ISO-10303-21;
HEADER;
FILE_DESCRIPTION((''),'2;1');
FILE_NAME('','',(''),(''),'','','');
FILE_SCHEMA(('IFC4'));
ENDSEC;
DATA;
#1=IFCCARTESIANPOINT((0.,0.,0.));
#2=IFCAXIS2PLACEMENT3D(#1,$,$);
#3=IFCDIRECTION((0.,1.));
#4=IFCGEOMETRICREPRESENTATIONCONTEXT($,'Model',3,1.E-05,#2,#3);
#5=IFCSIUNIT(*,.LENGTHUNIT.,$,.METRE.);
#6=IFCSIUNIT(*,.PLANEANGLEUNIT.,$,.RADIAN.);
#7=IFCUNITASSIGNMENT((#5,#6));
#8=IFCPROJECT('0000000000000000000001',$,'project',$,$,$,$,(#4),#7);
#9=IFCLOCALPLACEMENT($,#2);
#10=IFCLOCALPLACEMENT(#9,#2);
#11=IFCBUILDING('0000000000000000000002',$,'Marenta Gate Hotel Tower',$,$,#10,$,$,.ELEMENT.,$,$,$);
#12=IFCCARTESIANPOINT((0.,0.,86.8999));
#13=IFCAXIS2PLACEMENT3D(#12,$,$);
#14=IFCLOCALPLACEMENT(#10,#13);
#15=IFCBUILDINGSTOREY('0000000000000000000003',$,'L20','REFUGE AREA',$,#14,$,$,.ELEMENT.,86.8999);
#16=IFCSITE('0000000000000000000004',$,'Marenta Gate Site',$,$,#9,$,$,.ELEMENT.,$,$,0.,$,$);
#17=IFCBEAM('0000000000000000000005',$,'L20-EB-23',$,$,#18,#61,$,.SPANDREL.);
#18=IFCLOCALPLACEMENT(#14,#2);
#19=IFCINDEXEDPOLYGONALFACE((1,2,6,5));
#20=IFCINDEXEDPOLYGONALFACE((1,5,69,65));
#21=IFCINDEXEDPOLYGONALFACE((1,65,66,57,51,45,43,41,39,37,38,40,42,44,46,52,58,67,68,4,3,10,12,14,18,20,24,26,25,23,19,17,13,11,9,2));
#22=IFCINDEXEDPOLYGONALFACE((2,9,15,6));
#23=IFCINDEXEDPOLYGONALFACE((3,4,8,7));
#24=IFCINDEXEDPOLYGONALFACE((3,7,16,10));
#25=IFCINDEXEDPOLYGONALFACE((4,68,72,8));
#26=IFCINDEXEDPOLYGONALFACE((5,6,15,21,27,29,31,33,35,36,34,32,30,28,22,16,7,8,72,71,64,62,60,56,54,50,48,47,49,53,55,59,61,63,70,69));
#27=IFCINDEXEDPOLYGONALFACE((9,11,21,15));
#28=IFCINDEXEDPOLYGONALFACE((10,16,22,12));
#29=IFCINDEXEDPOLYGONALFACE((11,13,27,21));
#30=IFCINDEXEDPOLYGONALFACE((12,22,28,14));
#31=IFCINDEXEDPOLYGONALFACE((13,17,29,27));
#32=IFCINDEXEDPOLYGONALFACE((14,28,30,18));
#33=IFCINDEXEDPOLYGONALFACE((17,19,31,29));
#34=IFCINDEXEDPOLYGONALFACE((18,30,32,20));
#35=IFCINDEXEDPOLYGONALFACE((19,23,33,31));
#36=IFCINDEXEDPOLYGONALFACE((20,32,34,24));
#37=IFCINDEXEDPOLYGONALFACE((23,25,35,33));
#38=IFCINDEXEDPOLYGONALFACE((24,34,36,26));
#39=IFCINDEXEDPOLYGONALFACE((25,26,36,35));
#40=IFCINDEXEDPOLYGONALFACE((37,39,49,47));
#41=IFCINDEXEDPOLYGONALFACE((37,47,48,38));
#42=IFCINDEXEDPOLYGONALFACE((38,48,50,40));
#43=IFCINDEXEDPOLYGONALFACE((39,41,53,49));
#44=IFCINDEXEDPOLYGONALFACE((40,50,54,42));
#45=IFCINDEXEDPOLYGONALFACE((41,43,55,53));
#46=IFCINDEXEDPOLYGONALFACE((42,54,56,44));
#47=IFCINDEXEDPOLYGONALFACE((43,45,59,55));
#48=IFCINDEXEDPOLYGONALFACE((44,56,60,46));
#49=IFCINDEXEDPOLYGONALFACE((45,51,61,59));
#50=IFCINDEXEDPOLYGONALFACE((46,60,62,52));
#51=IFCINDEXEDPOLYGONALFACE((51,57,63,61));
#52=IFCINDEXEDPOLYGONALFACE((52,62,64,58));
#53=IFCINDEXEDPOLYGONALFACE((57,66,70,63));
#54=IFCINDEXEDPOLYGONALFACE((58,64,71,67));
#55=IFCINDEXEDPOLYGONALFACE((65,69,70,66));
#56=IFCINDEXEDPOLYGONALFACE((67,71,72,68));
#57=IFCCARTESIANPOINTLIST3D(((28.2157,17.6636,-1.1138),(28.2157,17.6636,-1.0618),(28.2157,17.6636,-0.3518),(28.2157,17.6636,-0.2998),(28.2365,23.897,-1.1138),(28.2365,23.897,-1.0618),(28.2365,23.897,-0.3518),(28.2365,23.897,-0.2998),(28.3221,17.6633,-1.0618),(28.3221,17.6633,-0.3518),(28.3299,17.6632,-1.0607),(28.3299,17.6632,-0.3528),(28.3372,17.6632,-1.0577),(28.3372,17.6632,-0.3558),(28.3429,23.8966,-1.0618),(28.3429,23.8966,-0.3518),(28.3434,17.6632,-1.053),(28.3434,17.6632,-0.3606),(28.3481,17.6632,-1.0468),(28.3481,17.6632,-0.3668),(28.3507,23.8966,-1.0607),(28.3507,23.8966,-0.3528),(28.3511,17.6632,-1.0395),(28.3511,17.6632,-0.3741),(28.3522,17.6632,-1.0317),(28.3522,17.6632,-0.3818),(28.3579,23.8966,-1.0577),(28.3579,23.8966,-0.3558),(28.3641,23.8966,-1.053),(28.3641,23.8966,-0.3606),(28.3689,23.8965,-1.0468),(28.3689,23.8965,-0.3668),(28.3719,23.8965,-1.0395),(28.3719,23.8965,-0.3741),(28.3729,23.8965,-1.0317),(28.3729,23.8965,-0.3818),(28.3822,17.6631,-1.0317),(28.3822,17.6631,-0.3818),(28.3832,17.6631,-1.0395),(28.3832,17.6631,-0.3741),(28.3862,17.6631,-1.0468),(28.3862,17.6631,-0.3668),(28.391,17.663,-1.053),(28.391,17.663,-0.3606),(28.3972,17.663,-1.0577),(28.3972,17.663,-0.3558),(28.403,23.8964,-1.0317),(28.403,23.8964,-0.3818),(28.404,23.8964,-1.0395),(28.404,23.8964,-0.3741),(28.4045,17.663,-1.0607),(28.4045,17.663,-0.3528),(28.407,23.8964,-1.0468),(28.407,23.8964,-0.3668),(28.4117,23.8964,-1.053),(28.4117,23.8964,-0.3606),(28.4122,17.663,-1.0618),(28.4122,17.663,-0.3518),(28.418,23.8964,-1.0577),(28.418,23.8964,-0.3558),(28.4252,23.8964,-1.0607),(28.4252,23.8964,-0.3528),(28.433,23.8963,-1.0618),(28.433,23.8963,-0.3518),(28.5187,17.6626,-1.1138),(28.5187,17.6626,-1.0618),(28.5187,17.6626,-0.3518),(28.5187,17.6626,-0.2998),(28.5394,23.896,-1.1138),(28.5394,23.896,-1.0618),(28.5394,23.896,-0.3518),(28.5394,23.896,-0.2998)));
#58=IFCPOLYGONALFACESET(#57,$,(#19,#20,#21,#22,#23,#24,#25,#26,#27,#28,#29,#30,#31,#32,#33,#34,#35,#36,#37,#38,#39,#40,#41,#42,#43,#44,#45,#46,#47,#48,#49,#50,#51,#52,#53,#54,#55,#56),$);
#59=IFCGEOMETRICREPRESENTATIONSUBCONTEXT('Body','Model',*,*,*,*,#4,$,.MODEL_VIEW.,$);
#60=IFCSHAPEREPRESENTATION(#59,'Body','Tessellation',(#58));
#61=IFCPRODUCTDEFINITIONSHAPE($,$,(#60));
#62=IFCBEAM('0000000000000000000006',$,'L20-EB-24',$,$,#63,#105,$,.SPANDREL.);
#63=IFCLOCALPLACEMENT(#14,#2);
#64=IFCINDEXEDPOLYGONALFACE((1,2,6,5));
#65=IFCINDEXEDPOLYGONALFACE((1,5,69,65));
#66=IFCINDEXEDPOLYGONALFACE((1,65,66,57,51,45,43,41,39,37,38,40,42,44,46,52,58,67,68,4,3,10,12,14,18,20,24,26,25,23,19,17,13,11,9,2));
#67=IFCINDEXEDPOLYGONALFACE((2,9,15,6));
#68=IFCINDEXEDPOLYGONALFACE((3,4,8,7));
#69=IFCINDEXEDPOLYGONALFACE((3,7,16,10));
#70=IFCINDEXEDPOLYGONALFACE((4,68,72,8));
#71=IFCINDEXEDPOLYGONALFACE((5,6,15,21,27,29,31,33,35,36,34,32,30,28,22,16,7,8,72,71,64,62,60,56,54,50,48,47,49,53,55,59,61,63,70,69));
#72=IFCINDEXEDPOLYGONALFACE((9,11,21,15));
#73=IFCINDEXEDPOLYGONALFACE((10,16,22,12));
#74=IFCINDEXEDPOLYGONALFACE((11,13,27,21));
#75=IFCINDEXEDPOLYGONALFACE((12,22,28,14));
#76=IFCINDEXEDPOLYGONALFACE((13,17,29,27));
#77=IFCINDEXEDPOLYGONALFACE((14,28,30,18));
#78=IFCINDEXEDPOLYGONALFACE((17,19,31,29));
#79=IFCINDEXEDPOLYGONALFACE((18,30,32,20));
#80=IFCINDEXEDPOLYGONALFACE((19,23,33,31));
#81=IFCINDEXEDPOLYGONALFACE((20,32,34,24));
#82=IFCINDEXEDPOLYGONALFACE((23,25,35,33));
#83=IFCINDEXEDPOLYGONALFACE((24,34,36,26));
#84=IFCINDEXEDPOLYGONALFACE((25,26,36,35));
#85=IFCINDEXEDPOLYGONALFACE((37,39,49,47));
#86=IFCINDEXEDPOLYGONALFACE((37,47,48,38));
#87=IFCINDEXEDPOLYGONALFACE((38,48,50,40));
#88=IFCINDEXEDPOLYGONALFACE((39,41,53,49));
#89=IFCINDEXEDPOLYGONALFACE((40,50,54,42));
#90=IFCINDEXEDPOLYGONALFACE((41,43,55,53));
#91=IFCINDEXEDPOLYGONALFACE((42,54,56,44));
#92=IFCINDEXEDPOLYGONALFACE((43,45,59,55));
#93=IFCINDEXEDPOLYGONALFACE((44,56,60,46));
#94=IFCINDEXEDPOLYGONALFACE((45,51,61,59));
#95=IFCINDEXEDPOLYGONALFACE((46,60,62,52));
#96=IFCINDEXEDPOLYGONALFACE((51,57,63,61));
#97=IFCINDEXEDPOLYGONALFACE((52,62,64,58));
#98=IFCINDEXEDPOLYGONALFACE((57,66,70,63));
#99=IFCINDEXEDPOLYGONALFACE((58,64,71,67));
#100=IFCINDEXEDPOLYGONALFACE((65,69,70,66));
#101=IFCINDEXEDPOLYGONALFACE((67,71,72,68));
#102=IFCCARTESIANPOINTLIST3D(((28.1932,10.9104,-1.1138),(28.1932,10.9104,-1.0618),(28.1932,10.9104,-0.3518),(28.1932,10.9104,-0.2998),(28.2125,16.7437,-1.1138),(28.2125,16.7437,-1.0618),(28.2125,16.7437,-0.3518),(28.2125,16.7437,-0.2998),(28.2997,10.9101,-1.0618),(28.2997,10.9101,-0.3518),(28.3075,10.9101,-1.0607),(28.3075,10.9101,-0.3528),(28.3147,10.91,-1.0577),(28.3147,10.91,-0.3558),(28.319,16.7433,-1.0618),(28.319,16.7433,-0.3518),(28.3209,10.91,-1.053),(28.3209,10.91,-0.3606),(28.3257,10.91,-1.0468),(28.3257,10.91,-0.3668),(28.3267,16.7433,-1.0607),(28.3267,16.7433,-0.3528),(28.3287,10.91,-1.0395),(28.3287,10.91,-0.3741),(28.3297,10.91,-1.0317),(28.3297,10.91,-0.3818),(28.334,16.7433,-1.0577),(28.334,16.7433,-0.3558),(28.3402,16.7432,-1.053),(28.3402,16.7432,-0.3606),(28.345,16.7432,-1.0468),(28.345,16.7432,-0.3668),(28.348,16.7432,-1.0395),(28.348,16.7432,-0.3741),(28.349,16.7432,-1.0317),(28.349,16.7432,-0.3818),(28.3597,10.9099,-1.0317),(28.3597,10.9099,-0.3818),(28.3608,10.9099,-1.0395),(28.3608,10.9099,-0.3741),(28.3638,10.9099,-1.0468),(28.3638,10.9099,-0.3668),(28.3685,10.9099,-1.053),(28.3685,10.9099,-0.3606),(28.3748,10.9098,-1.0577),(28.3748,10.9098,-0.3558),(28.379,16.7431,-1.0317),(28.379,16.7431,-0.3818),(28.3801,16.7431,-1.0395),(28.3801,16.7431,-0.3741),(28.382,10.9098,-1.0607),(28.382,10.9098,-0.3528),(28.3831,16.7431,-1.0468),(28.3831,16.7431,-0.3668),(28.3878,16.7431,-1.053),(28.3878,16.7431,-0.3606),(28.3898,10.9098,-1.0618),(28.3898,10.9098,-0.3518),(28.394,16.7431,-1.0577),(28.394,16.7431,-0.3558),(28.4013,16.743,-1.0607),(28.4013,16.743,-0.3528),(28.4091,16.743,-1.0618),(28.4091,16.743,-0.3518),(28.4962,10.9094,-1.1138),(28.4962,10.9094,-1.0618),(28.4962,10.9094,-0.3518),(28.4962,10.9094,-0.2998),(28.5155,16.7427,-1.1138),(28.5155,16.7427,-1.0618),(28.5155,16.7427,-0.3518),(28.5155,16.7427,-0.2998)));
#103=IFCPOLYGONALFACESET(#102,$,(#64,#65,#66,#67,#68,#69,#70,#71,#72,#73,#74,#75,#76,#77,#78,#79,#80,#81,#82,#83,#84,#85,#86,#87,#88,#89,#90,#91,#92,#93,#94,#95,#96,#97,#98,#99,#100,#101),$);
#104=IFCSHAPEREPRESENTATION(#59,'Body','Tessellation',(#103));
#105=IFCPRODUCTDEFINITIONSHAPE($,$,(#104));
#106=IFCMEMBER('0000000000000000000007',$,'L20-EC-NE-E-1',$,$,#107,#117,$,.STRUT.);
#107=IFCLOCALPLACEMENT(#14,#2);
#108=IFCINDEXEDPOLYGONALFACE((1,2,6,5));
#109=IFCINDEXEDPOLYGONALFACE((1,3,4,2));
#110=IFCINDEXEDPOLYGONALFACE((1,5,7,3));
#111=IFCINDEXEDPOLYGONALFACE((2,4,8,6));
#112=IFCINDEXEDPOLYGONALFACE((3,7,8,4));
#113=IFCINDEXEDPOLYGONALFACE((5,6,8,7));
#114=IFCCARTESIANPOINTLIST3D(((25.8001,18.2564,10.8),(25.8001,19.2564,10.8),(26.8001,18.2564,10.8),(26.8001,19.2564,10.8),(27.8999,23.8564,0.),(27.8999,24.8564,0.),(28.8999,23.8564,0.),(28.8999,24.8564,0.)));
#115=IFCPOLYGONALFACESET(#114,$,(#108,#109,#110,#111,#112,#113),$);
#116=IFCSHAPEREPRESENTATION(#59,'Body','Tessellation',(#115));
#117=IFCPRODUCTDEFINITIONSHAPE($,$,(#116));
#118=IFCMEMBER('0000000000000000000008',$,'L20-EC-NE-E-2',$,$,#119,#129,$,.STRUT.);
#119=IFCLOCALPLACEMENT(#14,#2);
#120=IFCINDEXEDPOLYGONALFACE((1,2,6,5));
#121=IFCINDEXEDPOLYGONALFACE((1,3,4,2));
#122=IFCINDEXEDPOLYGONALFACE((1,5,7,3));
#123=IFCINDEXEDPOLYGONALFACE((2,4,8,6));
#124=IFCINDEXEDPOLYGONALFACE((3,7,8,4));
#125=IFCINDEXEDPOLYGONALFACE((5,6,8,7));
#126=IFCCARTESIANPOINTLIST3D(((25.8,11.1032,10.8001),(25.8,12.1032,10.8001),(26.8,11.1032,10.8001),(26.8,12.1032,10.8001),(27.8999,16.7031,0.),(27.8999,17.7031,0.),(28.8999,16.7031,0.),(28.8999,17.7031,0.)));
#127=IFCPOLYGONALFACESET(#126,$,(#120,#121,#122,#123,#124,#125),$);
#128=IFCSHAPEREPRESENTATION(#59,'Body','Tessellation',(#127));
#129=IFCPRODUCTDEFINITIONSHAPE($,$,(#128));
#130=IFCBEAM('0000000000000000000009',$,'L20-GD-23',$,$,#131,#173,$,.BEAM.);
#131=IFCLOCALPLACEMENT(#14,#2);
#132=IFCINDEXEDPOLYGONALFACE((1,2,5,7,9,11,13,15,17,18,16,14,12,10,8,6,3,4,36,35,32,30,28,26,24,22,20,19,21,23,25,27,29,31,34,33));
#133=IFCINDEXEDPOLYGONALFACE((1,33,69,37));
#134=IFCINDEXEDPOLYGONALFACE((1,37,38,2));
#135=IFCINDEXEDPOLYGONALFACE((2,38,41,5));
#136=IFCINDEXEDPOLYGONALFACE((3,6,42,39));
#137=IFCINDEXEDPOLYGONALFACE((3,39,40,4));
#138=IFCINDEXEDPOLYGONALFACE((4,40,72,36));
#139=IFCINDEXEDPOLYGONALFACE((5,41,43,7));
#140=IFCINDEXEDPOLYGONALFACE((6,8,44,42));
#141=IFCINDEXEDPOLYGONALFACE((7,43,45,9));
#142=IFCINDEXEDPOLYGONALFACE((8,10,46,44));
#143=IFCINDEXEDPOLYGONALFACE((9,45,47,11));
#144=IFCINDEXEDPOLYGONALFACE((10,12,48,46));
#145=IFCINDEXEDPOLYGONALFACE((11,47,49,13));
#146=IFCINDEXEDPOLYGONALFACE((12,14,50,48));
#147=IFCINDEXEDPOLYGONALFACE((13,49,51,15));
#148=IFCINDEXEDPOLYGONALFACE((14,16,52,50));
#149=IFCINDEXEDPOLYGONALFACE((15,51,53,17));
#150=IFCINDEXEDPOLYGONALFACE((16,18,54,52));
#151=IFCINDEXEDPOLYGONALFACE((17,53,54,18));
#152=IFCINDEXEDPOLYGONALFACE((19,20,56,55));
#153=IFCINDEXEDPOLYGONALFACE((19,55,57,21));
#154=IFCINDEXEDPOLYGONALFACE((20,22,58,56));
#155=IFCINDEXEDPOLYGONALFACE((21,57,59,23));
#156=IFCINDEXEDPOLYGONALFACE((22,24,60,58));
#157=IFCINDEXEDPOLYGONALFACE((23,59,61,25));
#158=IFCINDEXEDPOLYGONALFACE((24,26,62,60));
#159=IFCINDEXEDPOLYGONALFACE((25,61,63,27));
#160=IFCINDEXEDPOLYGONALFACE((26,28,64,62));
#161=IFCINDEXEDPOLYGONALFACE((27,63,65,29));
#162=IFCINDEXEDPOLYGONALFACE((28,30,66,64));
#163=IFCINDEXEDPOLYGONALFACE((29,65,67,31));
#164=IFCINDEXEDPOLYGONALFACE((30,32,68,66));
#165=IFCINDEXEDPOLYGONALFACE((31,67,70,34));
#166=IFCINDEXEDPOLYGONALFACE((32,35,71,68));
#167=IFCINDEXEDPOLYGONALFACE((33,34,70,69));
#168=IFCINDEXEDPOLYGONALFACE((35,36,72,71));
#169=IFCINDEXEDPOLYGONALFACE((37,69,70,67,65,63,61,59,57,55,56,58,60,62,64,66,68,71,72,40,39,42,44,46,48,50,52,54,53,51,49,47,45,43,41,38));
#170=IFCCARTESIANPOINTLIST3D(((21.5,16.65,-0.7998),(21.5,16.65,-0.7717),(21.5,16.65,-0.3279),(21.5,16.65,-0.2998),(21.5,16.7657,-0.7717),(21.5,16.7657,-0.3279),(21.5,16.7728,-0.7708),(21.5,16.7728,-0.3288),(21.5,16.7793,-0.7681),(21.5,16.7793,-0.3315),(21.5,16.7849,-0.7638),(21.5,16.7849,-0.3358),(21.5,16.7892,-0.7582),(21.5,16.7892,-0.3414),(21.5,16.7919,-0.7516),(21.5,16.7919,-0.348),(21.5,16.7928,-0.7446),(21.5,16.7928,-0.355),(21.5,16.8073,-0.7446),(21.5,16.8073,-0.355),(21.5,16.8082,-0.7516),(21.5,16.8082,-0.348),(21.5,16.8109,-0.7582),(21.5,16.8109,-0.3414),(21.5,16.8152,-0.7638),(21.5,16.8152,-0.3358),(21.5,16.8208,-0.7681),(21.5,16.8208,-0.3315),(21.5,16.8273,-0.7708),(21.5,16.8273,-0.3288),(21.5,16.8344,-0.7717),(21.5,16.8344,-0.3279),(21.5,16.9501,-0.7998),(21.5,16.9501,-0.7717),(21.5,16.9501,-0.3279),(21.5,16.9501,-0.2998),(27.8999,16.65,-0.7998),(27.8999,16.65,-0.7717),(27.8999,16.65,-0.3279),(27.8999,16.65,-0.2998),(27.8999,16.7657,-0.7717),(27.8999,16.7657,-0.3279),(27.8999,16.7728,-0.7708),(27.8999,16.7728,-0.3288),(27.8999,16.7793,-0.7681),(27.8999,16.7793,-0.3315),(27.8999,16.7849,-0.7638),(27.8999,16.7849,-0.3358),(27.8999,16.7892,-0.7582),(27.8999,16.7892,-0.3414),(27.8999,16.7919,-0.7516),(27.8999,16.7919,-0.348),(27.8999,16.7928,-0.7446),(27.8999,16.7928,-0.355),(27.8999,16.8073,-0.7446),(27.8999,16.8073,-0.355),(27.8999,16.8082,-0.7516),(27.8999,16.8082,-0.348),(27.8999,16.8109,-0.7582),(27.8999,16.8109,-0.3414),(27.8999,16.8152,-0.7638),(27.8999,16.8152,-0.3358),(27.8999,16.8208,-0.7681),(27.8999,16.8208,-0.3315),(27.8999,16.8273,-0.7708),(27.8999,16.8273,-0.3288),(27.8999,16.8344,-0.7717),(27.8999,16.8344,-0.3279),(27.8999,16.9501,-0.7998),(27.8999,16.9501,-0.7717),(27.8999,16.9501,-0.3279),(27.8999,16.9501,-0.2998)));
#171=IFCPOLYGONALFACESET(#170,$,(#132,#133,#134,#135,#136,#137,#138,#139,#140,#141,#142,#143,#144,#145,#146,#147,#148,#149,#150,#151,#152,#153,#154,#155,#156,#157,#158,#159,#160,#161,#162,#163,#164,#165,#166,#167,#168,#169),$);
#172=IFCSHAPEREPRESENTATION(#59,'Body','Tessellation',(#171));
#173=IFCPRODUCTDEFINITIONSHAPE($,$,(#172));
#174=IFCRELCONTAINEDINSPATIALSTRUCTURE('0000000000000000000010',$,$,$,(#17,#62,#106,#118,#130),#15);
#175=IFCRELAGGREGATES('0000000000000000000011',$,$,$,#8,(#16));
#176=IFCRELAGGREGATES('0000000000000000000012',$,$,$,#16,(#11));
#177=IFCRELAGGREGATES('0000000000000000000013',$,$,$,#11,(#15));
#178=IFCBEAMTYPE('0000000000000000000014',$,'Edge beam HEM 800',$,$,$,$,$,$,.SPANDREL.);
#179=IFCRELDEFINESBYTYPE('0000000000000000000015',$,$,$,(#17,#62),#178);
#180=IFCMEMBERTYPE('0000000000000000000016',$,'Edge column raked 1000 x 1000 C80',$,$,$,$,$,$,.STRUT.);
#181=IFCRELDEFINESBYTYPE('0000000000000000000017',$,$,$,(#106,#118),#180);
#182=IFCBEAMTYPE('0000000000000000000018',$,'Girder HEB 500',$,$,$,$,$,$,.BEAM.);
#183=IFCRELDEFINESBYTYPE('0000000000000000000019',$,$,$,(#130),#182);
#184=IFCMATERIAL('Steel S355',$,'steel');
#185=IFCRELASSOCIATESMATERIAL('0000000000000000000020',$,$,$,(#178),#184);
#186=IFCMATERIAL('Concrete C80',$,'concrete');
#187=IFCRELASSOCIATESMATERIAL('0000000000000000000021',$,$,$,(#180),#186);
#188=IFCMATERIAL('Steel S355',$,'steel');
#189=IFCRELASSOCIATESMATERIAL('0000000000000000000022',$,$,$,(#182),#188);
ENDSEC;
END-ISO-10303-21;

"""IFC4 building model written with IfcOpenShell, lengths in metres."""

from ifc_helpers import new_model, si_unit, direction, frame, origin, origin_2d, place, context, subcontext, project, spatial, rectangle, i_section, extrude, material, material_profile, profile_set, type_object, element, save


model = new_model("IFC4")

# Units and contexts
model_context = context("Model", 3, precision=1e-05, world=origin(), true_north=direction((0.0, 1.0)))
body_context = subcontext(model_context, "Body", "Model", "MODEL_VIEW")
ifc_project = project(units=[si_unit("LENGTHUNIT", "METRE"), si_unit("PLANEANGLEUNIT", "RADIAN")], contexts=[model_context])

# Site, building, storey
site_placement = place(None, origin())
site = spatial("IfcSite", under=ifc_project, at=site_placement, Name="Marenta Gate Site", CompositionType="ELEMENT", RefElevation=0.0)
building_placement = place(site_placement, origin())
building = spatial("IfcBuilding", under=site, at=building_placement, Name="Marenta Gate Hotel Tower", CompositionType="ELEMENT")
storey_placement = place(building_placement, frame((0.0, 0.0, 86.8999)))
storey = spatial("IfcBuildingStorey", under=building, at=storey_placement, Name="L20", Description="REFUGE AREA", CompositionType="ELEMENT", Elevation=86.8999)

# Beams
ifc_material_1 = material(Name="Steel S355", Category="steel")
ifc_material_profile_1 = material_profile(ifc_material_1, i_section(OverallWidth=0.303, OverallDepth=0.814, WebThickness=0.03, FlangeThickness=0.052, FilletRadius=0.03, at=origin_2d()), Name="HEM 800")
ifc_profile_set_1 = profile_set([ifc_material_profile_1], Name="Steel S355")
beam_type_1 = type_object("IfcBeamType", Name="Edge beam HEM 800", PredefinedType="SPANDREL", material=ifc_profile_set_1)
beam_1_placement = place(storey_placement, frame((28.3879, 23.8965, -0.7068), z_axis=(-0.003329, -0.999994, 0.0), x_axis=(0.999994, -0.003329, 0.0)))
element("IfcBeam", 1, at=beam_1_placement, inside=storey, type_object=beam_type_1, Name="L20-EB-23", PredefinedType="SPANDREL", context=body_context, shape_type="SweptSolid", body=[
    extrude(i_section(OverallWidth=0.303, OverallDepth=0.814, WebThickness=0.03, FlangeThickness=0.052, FilletRadius=0.03, at=origin_2d()), origin(), (0.0, 0.0, 1.0), 6.2334),
])
beam_2_placement = place(storey_placement, frame((28.364, 16.7432, -0.7068), z_axis=(-0.003306, -0.999995, 0.0), x_axis=(0.999995, -0.003306, 0.0)))
element("IfcBeam", 2, at=beam_2_placement, inside=storey, type_object=beam_type_1, Name="L20-EB-24", PredefinedType="SPANDREL", context=body_context, shape_type="SweptSolid", body=[
    extrude(i_section(OverallWidth=0.303, OverallDepth=0.814, WebThickness=0.03, FlangeThickness=0.052, FilletRadius=0.03, at=origin_2d()), origin(), (0.0, 0.0, 1.0), 5.8333),
])

# Members
ifc_material_2 = material(Name="Concrete C80", Category="concrete")
ifc_material_profile_2 = material_profile(ifc_material_2, rectangle(XDim=1.0, YDim=1.0, at=origin_2d()), Name="1000 x 1000")
ifc_profile_set_2 = profile_set([ifc_material_profile_2], Name="Concrete C80")
member_type_1 = type_object("IfcMemberType", Name="Edge column raked 1000 x 1000 C80", PredefinedType="STRUT", material=ifc_profile_set_2)
member_1_placement = place(storey_placement, frame((28.3999, 24.3564, 0.0), z_axis=(0.0, 0.0, 1.0), x_axis=(1.0, 0.0, 0.0)))
element("IfcMember", 3, at=member_1_placement, inside=storey, type_object=member_type_1, Name="L20-EC-NE-E-1", PredefinedType="STRUT", context=body_context, shape_type="SweptSolid", body=[
    extrude(rectangle(XDim=1.0, YDim=1.0, at=origin_2d()), origin(), (-0.170091, -0.453614, 0.874816), 12.3455),
])
member_2_placement = place(storey_placement, frame((28.3999, 17.2031, 0.0), z_axis=(0.0, 0.0, 1.0), x_axis=(1.0, 0.0, 0.0)))
element("IfcMember", 4, at=member_2_placement, inside=storey, type_object=member_type_1, Name="L20-EC-NE-E-2", PredefinedType="STRUT", context=body_context, shape_type="SweptSolid", body=[
    extrude(rectangle(XDim=1.0, YDim=1.0, at=origin_2d()), origin(), (-0.170092, -0.453599, 0.874824), 12.3455),
])

# Beam
ifc_material_3 = material(Name="Steel S355", Category="steel")
ifc_material_profile_3 = material_profile(ifc_material_3, i_section(OverallWidth=0.3, OverallDepth=0.5, WebThickness=0.0144, FlangeThickness=0.0281, FilletRadius=0.0271, at=origin_2d()), Name="HEB 500")
ifc_profile_set_3 = profile_set([ifc_material_profile_3], Name="Steel S355")
beam_type_2 = type_object("IfcBeamType", Name="Girder HEB 500", PredefinedType="BEAM", material=ifc_profile_set_3)
beam_3_placement = place(storey_placement, frame((21.5, 16.8, -0.5498), z_axis=(1.0, 0.0, 0.0), x_axis=(0.0, 1.0, 0.0)))
element("IfcBeam", 5, at=beam_3_placement, inside=storey, type_object=beam_type_2, Name="L20-GD-23", PredefinedType="BEAM", context=body_context, shape_type="SweptSolid", body=[
    extrude(i_section(OverallWidth=0.3, OverallDepth=0.5, WebThickness=0.0144, FlangeThickness=0.0281, FilletRadius=0.0271, at=origin_2d()), origin(), (0.0, 0.0, 1.0), 6.3999),
])

save(model, "model.ifc")
